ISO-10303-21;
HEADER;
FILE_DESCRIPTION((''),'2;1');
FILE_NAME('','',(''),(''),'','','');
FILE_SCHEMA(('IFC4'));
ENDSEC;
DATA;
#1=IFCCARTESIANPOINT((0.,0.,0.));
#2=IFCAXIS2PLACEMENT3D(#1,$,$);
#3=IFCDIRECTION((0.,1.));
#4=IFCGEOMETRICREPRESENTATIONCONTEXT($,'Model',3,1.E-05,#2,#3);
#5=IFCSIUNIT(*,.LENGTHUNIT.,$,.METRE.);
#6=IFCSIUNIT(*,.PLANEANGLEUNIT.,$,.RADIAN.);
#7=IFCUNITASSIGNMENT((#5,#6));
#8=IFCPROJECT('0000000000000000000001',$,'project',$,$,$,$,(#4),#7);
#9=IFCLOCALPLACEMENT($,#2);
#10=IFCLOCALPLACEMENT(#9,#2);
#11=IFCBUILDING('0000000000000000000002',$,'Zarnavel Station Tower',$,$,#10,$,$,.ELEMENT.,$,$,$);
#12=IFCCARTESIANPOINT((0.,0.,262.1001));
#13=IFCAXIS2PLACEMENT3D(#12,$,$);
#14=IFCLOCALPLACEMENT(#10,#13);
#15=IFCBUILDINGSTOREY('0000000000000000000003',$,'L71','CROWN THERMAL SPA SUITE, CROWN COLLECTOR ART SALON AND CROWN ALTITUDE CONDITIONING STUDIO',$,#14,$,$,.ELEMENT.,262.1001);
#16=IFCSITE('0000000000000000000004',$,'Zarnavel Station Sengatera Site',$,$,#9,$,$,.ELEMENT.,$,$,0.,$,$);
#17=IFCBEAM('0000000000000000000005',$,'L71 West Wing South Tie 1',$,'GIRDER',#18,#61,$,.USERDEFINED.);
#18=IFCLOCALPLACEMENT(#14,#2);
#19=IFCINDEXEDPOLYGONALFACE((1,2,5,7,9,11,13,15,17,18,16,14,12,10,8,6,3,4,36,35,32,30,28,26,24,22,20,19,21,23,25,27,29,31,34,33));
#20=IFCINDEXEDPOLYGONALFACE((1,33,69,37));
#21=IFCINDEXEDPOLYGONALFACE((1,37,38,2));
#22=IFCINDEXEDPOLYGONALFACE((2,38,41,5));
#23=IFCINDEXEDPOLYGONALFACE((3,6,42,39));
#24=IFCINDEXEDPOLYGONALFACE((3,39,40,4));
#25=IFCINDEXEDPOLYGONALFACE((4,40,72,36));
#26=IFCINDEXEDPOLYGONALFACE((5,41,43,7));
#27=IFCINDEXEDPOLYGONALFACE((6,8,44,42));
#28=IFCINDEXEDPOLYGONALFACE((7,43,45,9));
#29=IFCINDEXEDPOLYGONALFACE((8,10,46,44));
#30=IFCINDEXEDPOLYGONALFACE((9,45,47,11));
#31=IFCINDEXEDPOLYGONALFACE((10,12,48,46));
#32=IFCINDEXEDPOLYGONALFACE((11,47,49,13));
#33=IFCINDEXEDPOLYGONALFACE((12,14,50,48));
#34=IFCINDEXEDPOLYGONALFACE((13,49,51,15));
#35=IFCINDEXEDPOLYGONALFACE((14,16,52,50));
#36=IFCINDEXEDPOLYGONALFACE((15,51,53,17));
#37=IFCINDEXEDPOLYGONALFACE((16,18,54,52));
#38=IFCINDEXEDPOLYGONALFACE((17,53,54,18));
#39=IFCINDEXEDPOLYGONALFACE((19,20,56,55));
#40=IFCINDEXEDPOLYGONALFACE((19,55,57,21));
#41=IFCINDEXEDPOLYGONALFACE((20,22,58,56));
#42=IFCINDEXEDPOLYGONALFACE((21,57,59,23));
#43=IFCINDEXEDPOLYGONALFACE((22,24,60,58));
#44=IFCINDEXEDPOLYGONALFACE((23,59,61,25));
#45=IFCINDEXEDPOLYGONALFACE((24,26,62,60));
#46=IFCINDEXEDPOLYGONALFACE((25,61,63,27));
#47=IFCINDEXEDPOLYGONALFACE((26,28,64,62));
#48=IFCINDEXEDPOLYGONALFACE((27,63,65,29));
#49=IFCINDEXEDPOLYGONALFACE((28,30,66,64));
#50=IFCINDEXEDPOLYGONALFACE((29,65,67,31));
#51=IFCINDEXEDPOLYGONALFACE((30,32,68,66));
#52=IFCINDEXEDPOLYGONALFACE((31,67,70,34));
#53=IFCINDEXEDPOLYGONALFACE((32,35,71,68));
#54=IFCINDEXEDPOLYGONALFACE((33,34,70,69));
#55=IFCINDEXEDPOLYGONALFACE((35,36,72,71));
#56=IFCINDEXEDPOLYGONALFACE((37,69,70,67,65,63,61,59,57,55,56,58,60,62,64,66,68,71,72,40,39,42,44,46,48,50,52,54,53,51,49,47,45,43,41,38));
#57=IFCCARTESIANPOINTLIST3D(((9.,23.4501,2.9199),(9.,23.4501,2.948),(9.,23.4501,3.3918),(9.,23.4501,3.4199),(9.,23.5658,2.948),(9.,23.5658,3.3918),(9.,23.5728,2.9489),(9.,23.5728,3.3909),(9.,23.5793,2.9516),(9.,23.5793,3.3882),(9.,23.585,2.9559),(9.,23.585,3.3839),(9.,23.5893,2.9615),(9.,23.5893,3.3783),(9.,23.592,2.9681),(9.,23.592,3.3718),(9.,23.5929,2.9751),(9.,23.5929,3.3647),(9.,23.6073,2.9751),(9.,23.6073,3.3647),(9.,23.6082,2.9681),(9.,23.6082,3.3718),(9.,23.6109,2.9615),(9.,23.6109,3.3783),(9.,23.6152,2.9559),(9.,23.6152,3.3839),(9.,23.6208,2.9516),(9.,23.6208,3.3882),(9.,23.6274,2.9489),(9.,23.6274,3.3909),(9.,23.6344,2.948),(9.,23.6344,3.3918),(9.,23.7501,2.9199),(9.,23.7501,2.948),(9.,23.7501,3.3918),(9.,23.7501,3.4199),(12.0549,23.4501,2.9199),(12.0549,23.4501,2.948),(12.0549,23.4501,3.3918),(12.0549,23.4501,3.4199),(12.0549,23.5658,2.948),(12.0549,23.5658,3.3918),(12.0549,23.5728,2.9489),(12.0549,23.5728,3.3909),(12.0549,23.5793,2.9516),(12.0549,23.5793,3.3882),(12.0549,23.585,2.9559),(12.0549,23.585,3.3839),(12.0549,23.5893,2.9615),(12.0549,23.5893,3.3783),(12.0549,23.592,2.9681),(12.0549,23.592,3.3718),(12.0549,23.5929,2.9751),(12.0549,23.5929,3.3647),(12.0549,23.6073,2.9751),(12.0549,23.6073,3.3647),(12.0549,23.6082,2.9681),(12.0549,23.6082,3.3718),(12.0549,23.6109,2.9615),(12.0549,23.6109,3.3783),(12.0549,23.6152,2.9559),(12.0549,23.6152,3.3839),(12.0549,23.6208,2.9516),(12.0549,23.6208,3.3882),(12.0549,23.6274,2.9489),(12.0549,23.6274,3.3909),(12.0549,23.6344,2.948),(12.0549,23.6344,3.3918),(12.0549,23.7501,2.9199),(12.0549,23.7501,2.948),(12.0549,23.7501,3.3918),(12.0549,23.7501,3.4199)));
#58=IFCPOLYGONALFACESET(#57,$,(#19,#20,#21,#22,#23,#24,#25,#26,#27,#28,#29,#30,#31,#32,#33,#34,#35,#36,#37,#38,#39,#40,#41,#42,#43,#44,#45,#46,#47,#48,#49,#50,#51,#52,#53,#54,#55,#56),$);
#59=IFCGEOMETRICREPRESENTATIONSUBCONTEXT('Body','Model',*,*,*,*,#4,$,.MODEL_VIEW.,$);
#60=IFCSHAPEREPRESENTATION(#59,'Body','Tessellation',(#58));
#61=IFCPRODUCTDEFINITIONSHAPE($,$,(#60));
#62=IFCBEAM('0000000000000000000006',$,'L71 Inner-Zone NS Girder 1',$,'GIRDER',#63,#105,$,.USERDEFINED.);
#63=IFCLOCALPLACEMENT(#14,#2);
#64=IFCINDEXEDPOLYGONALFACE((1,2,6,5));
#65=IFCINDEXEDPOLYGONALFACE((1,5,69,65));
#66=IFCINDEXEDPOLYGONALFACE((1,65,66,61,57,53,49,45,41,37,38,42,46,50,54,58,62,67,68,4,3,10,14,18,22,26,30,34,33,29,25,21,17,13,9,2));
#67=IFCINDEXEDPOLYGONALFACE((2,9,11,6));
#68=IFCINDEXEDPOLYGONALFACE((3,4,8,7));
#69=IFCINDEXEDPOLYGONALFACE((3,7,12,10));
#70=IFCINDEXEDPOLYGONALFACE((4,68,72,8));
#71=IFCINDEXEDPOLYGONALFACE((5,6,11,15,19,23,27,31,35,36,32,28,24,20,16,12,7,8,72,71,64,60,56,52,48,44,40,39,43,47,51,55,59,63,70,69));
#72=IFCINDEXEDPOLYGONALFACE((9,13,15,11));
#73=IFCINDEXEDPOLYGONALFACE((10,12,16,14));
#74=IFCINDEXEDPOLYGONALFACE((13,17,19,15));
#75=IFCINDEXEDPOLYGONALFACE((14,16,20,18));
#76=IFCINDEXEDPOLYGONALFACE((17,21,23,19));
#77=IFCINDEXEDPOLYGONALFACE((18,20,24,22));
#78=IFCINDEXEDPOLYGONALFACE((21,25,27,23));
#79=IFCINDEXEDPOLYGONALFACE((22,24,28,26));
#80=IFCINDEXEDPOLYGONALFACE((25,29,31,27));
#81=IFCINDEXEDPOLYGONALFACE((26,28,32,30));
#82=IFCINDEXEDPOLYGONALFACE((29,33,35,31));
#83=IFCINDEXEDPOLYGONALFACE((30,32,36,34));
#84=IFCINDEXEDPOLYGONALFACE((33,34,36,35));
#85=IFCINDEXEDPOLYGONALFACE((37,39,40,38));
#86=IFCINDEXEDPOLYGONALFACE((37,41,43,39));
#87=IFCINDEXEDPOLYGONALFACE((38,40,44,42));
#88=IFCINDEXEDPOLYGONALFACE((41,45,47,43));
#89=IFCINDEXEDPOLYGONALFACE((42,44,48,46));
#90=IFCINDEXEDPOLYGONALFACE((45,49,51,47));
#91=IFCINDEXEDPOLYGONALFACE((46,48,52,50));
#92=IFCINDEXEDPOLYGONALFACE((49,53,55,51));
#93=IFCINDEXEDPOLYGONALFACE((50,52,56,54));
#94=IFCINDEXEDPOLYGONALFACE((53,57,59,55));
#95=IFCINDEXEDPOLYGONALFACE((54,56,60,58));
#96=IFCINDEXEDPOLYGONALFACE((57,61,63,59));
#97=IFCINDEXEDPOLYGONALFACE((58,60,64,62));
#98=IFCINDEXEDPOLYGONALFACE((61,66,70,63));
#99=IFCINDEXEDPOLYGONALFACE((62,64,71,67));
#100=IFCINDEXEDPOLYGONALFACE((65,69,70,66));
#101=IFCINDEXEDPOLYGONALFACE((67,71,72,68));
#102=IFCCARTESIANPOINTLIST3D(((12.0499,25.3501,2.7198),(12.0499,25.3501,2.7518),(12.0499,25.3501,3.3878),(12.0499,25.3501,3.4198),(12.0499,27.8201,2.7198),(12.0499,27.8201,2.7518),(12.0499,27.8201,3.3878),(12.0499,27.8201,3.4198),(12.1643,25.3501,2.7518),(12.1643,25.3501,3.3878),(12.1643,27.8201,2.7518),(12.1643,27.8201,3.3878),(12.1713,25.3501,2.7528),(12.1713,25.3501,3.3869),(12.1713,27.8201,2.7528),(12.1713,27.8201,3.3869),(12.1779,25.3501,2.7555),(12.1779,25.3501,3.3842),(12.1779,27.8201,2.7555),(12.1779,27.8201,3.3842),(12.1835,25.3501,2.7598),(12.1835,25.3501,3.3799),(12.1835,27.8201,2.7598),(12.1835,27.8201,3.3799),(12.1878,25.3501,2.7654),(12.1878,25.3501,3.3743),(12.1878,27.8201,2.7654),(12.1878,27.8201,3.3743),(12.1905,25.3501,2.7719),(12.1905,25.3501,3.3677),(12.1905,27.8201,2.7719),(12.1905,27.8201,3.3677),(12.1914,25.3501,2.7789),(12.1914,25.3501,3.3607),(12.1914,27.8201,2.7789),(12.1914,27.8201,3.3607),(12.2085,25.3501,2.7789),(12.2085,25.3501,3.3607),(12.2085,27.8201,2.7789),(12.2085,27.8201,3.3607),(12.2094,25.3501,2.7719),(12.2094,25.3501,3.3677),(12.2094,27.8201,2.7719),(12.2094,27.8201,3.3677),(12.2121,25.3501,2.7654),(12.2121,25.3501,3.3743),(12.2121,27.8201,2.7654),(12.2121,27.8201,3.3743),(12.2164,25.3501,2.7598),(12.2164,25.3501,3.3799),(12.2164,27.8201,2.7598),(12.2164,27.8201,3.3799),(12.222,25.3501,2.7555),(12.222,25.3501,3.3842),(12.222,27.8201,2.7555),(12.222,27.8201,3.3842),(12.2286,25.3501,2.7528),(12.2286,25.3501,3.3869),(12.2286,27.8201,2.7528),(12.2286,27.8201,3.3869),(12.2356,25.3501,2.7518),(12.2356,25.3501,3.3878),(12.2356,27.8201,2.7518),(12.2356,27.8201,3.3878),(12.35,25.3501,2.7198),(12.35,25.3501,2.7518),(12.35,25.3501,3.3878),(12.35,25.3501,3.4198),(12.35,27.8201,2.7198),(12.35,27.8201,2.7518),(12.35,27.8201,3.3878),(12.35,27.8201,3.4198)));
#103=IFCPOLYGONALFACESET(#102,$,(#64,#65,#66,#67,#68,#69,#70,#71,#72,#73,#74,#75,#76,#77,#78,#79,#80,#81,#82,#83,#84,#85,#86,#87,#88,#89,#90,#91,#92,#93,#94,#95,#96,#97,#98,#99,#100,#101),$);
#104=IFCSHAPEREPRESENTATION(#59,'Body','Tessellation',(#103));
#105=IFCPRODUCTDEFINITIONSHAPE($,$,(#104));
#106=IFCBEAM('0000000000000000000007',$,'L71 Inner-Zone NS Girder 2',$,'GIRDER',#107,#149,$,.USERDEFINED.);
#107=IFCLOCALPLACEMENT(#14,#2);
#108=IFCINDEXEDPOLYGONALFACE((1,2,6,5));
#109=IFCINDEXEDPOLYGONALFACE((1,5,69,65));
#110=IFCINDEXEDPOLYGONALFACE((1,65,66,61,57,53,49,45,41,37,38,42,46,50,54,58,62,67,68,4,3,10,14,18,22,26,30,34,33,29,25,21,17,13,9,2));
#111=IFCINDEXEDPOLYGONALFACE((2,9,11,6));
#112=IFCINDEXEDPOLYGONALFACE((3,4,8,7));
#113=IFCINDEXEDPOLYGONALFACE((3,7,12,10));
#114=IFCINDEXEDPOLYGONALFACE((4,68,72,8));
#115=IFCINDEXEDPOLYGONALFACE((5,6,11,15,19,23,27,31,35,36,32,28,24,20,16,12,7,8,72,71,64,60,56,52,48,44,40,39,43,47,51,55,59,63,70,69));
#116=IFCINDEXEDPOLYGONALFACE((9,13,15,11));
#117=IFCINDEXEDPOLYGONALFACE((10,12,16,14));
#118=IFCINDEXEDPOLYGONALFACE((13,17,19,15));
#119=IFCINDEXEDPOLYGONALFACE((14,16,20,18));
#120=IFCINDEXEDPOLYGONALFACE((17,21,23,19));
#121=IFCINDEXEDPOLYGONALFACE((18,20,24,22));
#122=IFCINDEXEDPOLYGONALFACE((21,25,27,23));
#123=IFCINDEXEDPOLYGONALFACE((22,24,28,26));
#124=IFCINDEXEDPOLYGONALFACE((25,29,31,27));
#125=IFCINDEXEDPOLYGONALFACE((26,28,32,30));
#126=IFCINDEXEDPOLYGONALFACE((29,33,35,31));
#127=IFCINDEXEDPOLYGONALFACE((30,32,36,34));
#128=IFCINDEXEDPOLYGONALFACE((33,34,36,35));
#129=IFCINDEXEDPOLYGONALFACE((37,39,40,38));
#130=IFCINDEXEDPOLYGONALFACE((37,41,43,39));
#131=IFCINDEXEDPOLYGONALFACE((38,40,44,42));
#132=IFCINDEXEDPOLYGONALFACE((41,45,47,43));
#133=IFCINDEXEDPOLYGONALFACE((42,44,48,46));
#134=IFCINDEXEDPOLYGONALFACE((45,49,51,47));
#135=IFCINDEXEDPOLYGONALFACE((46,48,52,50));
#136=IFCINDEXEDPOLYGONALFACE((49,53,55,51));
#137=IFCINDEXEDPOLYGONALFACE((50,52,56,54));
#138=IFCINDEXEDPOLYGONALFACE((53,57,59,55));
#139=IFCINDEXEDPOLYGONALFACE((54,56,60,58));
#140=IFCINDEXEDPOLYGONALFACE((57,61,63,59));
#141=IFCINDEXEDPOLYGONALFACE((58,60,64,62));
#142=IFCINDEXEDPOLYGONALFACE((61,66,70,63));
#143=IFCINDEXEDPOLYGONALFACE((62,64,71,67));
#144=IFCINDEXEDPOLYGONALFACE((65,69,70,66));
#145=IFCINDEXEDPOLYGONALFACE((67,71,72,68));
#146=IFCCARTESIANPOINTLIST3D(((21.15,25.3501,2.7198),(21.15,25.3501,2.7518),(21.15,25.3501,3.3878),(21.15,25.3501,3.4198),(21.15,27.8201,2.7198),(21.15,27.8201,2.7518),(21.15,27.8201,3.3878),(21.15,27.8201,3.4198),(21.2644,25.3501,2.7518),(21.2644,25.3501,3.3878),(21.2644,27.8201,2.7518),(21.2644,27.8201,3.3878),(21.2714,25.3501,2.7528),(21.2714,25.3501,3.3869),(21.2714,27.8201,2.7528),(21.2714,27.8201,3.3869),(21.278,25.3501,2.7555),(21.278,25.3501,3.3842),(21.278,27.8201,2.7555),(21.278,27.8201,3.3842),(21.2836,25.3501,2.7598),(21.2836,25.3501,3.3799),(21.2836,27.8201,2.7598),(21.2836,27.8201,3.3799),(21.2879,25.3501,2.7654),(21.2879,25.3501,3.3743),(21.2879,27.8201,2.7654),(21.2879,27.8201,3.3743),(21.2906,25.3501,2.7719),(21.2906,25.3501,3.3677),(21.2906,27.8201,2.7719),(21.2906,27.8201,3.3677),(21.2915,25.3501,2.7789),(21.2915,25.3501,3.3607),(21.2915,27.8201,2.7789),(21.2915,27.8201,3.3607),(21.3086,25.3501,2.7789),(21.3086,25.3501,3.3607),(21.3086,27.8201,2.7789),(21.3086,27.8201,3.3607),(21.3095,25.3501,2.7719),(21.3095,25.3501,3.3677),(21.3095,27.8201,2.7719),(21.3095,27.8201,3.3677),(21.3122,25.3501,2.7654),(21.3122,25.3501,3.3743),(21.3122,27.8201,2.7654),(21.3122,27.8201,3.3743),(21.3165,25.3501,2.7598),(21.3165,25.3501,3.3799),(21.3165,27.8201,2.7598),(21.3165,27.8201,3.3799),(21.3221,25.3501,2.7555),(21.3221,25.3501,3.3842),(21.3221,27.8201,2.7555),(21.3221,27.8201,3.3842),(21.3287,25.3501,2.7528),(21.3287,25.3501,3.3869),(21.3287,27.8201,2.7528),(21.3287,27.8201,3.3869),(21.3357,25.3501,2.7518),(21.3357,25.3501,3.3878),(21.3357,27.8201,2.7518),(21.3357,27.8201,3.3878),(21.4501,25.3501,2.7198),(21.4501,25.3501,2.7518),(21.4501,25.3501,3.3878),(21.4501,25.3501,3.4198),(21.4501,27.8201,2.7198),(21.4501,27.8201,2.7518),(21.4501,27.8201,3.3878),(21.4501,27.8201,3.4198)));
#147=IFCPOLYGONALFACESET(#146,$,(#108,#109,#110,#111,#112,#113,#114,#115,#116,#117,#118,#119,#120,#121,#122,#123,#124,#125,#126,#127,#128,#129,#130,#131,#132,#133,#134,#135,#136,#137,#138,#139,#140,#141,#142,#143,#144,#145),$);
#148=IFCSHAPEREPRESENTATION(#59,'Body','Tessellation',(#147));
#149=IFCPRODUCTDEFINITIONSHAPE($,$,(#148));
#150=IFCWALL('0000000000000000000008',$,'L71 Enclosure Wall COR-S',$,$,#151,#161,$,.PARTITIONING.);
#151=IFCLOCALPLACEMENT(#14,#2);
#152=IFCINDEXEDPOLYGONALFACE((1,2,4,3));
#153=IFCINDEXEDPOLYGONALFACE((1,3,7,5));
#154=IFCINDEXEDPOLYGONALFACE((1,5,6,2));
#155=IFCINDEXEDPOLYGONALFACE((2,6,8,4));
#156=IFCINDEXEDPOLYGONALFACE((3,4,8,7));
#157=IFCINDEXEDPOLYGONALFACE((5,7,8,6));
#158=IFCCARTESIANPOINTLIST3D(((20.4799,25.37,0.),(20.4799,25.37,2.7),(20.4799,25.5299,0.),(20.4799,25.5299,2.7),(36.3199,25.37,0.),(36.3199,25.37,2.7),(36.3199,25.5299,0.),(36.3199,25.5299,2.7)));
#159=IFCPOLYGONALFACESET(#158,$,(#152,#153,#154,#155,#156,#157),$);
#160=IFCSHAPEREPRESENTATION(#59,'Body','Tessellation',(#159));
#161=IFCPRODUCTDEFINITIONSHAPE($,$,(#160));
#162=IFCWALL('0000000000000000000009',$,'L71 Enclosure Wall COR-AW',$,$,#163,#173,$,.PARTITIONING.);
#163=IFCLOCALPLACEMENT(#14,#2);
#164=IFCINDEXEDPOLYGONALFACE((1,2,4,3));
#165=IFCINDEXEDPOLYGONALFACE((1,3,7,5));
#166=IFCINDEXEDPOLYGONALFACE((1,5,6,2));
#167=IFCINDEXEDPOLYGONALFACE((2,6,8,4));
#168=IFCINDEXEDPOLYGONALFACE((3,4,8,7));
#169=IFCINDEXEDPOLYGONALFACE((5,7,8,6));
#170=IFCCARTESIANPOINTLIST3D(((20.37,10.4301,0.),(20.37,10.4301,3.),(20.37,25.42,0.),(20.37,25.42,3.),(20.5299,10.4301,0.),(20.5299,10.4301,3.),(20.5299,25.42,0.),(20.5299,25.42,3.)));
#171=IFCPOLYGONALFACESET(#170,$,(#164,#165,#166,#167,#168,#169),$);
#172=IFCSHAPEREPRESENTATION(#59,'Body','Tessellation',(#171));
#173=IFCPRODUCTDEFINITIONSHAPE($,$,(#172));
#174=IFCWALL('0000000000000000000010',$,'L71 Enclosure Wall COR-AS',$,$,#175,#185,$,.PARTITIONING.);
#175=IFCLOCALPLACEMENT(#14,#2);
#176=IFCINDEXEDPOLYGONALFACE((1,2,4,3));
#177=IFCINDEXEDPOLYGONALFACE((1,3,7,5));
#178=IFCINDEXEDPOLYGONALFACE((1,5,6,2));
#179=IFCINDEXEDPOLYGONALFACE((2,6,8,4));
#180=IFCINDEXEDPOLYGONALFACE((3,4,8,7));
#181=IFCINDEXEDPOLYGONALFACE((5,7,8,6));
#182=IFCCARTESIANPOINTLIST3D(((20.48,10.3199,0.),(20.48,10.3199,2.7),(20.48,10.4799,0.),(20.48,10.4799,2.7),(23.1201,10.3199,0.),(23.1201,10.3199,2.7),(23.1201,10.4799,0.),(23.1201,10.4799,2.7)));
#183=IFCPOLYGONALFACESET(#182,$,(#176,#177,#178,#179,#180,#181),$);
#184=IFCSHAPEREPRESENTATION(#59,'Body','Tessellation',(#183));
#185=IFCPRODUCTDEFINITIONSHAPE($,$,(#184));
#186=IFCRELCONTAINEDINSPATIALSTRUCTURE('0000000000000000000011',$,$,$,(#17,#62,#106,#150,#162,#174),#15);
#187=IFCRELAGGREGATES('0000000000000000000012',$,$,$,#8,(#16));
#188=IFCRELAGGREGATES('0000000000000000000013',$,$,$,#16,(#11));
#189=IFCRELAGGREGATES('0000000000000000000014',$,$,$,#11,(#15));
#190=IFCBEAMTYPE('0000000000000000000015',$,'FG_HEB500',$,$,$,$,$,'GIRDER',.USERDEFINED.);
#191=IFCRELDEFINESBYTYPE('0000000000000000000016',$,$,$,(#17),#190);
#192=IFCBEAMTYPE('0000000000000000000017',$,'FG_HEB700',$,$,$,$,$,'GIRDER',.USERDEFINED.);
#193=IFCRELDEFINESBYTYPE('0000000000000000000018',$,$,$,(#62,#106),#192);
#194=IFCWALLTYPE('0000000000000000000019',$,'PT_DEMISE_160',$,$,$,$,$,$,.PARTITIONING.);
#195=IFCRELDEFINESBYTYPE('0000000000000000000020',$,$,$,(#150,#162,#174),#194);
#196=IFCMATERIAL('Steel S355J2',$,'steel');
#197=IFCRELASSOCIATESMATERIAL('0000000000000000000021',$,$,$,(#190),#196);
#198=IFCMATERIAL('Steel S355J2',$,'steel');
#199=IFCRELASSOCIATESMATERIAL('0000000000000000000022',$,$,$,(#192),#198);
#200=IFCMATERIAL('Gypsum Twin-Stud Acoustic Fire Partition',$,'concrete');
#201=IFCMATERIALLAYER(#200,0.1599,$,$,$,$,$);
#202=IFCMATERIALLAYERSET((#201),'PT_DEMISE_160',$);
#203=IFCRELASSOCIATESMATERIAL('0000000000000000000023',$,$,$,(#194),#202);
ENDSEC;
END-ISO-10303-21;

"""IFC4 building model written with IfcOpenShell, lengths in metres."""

from ifc_helpers import new_model, si_unit, direction, frame, frame_2d, origin, origin_2d, place, context, subcontext, project, spatial, rectangle, i_section, extrude, material, layer, layer_set, material_profile, profile_set, type_object, element, save


model = new_model("IFC4")

# Units and contexts
model_context = context("Model", 3, precision=1e-05, world=origin(), true_north=direction((0.0, 1.0)))
body_context = subcontext(model_context, "Body", "Model", "MODEL_VIEW")
ifc_project = project(units=[si_unit("LENGTHUNIT", "METRE"), si_unit("PLANEANGLEUNIT", "RADIAN")], contexts=[model_context])

# Site, building, storey
site_placement = place(None, origin())
site = spatial("IfcSite", under=ifc_project, at=site_placement, Name="Zarnavel Station Sengatera Site", CompositionType="ELEMENT", RefElevation=0.0)
building_placement = place(site_placement, origin())
building = spatial("IfcBuilding", under=site, at=building_placement, Name="Zarnavel Station Tower", CompositionType="ELEMENT")
storey_placement = place(building_placement, frame((0.0, 0.0, 262.1001)))
storey = spatial("IfcBuildingStorey", under=building, at=storey_placement, Name="L71", Description="CROWN THERMAL SPA SUITE, CROWN COLLECTOR ART SALON AND CROWN ALTITUDE CONDITIONING STUDIO", CompositionType="ELEMENT", Elevation=262.1001)

# Beams
ifc_material_1 = material(Name="Steel S355J2", Category="steel")
ifc_material_profile_1 = material_profile(ifc_material_1, i_section(OverallWidth=0.3, OverallDepth=0.5, WebThickness=0.0144, FlangeThickness=0.0281, FilletRadius=0.0271, at=origin_2d()), Name="HEB500")
ifc_profile_set_1 = profile_set([ifc_material_profile_1], Name="Steel S355J2")
beam_type_1 = type_object("IfcBeamType", Name="FG_HEB500", ElementType="GIRDER", PredefinedType="USERDEFINED", material=ifc_profile_set_1)
beam_1_placement = place(storey_placement, frame((9.0, 23.6001, 3.1699), z_axis=(1.0, 0.0, 0.0), x_axis=(0.0, 1.0, 0.0)))
element("IfcBeam", 1, at=beam_1_placement, inside=storey, type_object=beam_type_1, Name="L71 West Wing South Tie 1", ObjectType="GIRDER", PredefinedType="USERDEFINED", context=body_context, shape_type="SweptSolid", body=[
    extrude(i_section(OverallWidth=0.3, OverallDepth=0.5, WebThickness=0.0144, FlangeThickness=0.0281, FilletRadius=0.0271, at=origin_2d()), origin(), (0.0, 0.0, 1.0), 3.0549),
])
ifc_material_2 = material(Name="Steel S355J2", Category="steel")
ifc_material_profile_2 = material_profile(ifc_material_2, i_section(OverallWidth=0.3, OverallDepth=0.7, WebThickness=0.0171, FlangeThickness=0.032, FilletRadius=0.0271, at=origin_2d()), Name="HEB700")
ifc_profile_set_2 = profile_set([ifc_material_profile_2], Name="Steel S355J2")
beam_type_2 = type_object("IfcBeamType", Name="FG_HEB700", ElementType="GIRDER", PredefinedType="USERDEFINED", material=ifc_profile_set_2)
for number, where, z_axis, x_axis, name in (
    (2, (12.2, 25.3501, 3.0698), (0.0, 1.0, 0.0), (-1.0, 0.0, 0.0), "L71 Inner-Zone NS Girder 1"),
    (3, (21.3, 25.3501, 3.0698), (0.0, 1.0, 0.0), (-1.0, 0.0, 0.0), "L71 Inner-Zone NS Girder 2"),
):
    element("IfcBeam", number, at=place(storey_placement, frame(where, z_axis=z_axis, x_axis=x_axis)), inside=storey, type_object=beam_type_2, Name=name, ObjectType="GIRDER", PredefinedType="USERDEFINED", context=body_context, shape_type="SweptSolid", body=[
        extrude(i_section(OverallWidth=0.3, OverallDepth=0.7, WebThickness=0.0171, FlangeThickness=0.032, FilletRadius=0.0271, at=origin_2d()), origin(), (0.0, 0.0, 1.0), 2.47),
    ])

# Walls
ifc_material_3 = material(Name="Gypsum Twin-Stud Acoustic Fire Partition", Category="concrete")
ifc_layer_1 = layer(ifc_material_3, 0.1599)
ifc_layer_set_1 = layer_set([ifc_layer_1], Name="PT_DEMISE_160")
wall_type_1 = type_object("IfcWallType", Name="PT_DEMISE_160", PredefinedType="PARTITIONING", material=ifc_layer_set_1)
wall_1_placement = place(storey_placement, frame((20.48, 25.45, 0.0), z_axis=(0.0, 0.0, 1.0), x_axis=(1.0, 0.0, 0.0)))
element("IfcWall", 4, at=wall_1_placement, inside=storey, type_object=wall_type_1, Name="L71 Enclosure Wall COR-S", PredefinedType="PARTITIONING", context=body_context, shape_type="SweptSolid", body=[
    extrude(rectangle(XDim=15.8401, YDim=0.1599, at=frame_2d((7.9199, 0.0))), origin(), (0.0, 0.0, 1.0), 2.7),
])
wall_2_placement = place(storey_placement, frame((20.45, 10.4299, 0.0), z_axis=(0.0, 0.0, 1.0), x_axis=(0.0, 1.0, 0.0)))
element("IfcWall", 5, at=wall_2_placement, inside=storey, type_object=wall_type_1, Name="L71 Enclosure Wall COR-AW", PredefinedType="PARTITIONING", context=body_context, shape_type="SweptSolid", body=[
    extrude(rectangle(XDim=14.99, YDim=0.1599, at=frame_2d((7.4951, 0.0))), origin(), (0.0, 0.0, 1.0), 3.0),
])
wall_3_placement = place(storey_placement, frame((20.48, 10.3999, 0.0), z_axis=(0.0, 0.0, 1.0), x_axis=(1.0, 0.0, 0.0)))
element("IfcWall", 6, at=wall_3_placement, inside=storey, type_object=wall_type_1, Name="L71 Enclosure Wall COR-AS", PredefinedType="PARTITIONING", context=body_context, shape_type="SweptSolid", body=[
    extrude(rectangle(XDim=2.6401, YDim=0.1599, at=frame_2d((1.3201, 0.0))), origin(), (0.0, 0.0, 1.0), 2.7),
])

save(model, "model.ifc")
